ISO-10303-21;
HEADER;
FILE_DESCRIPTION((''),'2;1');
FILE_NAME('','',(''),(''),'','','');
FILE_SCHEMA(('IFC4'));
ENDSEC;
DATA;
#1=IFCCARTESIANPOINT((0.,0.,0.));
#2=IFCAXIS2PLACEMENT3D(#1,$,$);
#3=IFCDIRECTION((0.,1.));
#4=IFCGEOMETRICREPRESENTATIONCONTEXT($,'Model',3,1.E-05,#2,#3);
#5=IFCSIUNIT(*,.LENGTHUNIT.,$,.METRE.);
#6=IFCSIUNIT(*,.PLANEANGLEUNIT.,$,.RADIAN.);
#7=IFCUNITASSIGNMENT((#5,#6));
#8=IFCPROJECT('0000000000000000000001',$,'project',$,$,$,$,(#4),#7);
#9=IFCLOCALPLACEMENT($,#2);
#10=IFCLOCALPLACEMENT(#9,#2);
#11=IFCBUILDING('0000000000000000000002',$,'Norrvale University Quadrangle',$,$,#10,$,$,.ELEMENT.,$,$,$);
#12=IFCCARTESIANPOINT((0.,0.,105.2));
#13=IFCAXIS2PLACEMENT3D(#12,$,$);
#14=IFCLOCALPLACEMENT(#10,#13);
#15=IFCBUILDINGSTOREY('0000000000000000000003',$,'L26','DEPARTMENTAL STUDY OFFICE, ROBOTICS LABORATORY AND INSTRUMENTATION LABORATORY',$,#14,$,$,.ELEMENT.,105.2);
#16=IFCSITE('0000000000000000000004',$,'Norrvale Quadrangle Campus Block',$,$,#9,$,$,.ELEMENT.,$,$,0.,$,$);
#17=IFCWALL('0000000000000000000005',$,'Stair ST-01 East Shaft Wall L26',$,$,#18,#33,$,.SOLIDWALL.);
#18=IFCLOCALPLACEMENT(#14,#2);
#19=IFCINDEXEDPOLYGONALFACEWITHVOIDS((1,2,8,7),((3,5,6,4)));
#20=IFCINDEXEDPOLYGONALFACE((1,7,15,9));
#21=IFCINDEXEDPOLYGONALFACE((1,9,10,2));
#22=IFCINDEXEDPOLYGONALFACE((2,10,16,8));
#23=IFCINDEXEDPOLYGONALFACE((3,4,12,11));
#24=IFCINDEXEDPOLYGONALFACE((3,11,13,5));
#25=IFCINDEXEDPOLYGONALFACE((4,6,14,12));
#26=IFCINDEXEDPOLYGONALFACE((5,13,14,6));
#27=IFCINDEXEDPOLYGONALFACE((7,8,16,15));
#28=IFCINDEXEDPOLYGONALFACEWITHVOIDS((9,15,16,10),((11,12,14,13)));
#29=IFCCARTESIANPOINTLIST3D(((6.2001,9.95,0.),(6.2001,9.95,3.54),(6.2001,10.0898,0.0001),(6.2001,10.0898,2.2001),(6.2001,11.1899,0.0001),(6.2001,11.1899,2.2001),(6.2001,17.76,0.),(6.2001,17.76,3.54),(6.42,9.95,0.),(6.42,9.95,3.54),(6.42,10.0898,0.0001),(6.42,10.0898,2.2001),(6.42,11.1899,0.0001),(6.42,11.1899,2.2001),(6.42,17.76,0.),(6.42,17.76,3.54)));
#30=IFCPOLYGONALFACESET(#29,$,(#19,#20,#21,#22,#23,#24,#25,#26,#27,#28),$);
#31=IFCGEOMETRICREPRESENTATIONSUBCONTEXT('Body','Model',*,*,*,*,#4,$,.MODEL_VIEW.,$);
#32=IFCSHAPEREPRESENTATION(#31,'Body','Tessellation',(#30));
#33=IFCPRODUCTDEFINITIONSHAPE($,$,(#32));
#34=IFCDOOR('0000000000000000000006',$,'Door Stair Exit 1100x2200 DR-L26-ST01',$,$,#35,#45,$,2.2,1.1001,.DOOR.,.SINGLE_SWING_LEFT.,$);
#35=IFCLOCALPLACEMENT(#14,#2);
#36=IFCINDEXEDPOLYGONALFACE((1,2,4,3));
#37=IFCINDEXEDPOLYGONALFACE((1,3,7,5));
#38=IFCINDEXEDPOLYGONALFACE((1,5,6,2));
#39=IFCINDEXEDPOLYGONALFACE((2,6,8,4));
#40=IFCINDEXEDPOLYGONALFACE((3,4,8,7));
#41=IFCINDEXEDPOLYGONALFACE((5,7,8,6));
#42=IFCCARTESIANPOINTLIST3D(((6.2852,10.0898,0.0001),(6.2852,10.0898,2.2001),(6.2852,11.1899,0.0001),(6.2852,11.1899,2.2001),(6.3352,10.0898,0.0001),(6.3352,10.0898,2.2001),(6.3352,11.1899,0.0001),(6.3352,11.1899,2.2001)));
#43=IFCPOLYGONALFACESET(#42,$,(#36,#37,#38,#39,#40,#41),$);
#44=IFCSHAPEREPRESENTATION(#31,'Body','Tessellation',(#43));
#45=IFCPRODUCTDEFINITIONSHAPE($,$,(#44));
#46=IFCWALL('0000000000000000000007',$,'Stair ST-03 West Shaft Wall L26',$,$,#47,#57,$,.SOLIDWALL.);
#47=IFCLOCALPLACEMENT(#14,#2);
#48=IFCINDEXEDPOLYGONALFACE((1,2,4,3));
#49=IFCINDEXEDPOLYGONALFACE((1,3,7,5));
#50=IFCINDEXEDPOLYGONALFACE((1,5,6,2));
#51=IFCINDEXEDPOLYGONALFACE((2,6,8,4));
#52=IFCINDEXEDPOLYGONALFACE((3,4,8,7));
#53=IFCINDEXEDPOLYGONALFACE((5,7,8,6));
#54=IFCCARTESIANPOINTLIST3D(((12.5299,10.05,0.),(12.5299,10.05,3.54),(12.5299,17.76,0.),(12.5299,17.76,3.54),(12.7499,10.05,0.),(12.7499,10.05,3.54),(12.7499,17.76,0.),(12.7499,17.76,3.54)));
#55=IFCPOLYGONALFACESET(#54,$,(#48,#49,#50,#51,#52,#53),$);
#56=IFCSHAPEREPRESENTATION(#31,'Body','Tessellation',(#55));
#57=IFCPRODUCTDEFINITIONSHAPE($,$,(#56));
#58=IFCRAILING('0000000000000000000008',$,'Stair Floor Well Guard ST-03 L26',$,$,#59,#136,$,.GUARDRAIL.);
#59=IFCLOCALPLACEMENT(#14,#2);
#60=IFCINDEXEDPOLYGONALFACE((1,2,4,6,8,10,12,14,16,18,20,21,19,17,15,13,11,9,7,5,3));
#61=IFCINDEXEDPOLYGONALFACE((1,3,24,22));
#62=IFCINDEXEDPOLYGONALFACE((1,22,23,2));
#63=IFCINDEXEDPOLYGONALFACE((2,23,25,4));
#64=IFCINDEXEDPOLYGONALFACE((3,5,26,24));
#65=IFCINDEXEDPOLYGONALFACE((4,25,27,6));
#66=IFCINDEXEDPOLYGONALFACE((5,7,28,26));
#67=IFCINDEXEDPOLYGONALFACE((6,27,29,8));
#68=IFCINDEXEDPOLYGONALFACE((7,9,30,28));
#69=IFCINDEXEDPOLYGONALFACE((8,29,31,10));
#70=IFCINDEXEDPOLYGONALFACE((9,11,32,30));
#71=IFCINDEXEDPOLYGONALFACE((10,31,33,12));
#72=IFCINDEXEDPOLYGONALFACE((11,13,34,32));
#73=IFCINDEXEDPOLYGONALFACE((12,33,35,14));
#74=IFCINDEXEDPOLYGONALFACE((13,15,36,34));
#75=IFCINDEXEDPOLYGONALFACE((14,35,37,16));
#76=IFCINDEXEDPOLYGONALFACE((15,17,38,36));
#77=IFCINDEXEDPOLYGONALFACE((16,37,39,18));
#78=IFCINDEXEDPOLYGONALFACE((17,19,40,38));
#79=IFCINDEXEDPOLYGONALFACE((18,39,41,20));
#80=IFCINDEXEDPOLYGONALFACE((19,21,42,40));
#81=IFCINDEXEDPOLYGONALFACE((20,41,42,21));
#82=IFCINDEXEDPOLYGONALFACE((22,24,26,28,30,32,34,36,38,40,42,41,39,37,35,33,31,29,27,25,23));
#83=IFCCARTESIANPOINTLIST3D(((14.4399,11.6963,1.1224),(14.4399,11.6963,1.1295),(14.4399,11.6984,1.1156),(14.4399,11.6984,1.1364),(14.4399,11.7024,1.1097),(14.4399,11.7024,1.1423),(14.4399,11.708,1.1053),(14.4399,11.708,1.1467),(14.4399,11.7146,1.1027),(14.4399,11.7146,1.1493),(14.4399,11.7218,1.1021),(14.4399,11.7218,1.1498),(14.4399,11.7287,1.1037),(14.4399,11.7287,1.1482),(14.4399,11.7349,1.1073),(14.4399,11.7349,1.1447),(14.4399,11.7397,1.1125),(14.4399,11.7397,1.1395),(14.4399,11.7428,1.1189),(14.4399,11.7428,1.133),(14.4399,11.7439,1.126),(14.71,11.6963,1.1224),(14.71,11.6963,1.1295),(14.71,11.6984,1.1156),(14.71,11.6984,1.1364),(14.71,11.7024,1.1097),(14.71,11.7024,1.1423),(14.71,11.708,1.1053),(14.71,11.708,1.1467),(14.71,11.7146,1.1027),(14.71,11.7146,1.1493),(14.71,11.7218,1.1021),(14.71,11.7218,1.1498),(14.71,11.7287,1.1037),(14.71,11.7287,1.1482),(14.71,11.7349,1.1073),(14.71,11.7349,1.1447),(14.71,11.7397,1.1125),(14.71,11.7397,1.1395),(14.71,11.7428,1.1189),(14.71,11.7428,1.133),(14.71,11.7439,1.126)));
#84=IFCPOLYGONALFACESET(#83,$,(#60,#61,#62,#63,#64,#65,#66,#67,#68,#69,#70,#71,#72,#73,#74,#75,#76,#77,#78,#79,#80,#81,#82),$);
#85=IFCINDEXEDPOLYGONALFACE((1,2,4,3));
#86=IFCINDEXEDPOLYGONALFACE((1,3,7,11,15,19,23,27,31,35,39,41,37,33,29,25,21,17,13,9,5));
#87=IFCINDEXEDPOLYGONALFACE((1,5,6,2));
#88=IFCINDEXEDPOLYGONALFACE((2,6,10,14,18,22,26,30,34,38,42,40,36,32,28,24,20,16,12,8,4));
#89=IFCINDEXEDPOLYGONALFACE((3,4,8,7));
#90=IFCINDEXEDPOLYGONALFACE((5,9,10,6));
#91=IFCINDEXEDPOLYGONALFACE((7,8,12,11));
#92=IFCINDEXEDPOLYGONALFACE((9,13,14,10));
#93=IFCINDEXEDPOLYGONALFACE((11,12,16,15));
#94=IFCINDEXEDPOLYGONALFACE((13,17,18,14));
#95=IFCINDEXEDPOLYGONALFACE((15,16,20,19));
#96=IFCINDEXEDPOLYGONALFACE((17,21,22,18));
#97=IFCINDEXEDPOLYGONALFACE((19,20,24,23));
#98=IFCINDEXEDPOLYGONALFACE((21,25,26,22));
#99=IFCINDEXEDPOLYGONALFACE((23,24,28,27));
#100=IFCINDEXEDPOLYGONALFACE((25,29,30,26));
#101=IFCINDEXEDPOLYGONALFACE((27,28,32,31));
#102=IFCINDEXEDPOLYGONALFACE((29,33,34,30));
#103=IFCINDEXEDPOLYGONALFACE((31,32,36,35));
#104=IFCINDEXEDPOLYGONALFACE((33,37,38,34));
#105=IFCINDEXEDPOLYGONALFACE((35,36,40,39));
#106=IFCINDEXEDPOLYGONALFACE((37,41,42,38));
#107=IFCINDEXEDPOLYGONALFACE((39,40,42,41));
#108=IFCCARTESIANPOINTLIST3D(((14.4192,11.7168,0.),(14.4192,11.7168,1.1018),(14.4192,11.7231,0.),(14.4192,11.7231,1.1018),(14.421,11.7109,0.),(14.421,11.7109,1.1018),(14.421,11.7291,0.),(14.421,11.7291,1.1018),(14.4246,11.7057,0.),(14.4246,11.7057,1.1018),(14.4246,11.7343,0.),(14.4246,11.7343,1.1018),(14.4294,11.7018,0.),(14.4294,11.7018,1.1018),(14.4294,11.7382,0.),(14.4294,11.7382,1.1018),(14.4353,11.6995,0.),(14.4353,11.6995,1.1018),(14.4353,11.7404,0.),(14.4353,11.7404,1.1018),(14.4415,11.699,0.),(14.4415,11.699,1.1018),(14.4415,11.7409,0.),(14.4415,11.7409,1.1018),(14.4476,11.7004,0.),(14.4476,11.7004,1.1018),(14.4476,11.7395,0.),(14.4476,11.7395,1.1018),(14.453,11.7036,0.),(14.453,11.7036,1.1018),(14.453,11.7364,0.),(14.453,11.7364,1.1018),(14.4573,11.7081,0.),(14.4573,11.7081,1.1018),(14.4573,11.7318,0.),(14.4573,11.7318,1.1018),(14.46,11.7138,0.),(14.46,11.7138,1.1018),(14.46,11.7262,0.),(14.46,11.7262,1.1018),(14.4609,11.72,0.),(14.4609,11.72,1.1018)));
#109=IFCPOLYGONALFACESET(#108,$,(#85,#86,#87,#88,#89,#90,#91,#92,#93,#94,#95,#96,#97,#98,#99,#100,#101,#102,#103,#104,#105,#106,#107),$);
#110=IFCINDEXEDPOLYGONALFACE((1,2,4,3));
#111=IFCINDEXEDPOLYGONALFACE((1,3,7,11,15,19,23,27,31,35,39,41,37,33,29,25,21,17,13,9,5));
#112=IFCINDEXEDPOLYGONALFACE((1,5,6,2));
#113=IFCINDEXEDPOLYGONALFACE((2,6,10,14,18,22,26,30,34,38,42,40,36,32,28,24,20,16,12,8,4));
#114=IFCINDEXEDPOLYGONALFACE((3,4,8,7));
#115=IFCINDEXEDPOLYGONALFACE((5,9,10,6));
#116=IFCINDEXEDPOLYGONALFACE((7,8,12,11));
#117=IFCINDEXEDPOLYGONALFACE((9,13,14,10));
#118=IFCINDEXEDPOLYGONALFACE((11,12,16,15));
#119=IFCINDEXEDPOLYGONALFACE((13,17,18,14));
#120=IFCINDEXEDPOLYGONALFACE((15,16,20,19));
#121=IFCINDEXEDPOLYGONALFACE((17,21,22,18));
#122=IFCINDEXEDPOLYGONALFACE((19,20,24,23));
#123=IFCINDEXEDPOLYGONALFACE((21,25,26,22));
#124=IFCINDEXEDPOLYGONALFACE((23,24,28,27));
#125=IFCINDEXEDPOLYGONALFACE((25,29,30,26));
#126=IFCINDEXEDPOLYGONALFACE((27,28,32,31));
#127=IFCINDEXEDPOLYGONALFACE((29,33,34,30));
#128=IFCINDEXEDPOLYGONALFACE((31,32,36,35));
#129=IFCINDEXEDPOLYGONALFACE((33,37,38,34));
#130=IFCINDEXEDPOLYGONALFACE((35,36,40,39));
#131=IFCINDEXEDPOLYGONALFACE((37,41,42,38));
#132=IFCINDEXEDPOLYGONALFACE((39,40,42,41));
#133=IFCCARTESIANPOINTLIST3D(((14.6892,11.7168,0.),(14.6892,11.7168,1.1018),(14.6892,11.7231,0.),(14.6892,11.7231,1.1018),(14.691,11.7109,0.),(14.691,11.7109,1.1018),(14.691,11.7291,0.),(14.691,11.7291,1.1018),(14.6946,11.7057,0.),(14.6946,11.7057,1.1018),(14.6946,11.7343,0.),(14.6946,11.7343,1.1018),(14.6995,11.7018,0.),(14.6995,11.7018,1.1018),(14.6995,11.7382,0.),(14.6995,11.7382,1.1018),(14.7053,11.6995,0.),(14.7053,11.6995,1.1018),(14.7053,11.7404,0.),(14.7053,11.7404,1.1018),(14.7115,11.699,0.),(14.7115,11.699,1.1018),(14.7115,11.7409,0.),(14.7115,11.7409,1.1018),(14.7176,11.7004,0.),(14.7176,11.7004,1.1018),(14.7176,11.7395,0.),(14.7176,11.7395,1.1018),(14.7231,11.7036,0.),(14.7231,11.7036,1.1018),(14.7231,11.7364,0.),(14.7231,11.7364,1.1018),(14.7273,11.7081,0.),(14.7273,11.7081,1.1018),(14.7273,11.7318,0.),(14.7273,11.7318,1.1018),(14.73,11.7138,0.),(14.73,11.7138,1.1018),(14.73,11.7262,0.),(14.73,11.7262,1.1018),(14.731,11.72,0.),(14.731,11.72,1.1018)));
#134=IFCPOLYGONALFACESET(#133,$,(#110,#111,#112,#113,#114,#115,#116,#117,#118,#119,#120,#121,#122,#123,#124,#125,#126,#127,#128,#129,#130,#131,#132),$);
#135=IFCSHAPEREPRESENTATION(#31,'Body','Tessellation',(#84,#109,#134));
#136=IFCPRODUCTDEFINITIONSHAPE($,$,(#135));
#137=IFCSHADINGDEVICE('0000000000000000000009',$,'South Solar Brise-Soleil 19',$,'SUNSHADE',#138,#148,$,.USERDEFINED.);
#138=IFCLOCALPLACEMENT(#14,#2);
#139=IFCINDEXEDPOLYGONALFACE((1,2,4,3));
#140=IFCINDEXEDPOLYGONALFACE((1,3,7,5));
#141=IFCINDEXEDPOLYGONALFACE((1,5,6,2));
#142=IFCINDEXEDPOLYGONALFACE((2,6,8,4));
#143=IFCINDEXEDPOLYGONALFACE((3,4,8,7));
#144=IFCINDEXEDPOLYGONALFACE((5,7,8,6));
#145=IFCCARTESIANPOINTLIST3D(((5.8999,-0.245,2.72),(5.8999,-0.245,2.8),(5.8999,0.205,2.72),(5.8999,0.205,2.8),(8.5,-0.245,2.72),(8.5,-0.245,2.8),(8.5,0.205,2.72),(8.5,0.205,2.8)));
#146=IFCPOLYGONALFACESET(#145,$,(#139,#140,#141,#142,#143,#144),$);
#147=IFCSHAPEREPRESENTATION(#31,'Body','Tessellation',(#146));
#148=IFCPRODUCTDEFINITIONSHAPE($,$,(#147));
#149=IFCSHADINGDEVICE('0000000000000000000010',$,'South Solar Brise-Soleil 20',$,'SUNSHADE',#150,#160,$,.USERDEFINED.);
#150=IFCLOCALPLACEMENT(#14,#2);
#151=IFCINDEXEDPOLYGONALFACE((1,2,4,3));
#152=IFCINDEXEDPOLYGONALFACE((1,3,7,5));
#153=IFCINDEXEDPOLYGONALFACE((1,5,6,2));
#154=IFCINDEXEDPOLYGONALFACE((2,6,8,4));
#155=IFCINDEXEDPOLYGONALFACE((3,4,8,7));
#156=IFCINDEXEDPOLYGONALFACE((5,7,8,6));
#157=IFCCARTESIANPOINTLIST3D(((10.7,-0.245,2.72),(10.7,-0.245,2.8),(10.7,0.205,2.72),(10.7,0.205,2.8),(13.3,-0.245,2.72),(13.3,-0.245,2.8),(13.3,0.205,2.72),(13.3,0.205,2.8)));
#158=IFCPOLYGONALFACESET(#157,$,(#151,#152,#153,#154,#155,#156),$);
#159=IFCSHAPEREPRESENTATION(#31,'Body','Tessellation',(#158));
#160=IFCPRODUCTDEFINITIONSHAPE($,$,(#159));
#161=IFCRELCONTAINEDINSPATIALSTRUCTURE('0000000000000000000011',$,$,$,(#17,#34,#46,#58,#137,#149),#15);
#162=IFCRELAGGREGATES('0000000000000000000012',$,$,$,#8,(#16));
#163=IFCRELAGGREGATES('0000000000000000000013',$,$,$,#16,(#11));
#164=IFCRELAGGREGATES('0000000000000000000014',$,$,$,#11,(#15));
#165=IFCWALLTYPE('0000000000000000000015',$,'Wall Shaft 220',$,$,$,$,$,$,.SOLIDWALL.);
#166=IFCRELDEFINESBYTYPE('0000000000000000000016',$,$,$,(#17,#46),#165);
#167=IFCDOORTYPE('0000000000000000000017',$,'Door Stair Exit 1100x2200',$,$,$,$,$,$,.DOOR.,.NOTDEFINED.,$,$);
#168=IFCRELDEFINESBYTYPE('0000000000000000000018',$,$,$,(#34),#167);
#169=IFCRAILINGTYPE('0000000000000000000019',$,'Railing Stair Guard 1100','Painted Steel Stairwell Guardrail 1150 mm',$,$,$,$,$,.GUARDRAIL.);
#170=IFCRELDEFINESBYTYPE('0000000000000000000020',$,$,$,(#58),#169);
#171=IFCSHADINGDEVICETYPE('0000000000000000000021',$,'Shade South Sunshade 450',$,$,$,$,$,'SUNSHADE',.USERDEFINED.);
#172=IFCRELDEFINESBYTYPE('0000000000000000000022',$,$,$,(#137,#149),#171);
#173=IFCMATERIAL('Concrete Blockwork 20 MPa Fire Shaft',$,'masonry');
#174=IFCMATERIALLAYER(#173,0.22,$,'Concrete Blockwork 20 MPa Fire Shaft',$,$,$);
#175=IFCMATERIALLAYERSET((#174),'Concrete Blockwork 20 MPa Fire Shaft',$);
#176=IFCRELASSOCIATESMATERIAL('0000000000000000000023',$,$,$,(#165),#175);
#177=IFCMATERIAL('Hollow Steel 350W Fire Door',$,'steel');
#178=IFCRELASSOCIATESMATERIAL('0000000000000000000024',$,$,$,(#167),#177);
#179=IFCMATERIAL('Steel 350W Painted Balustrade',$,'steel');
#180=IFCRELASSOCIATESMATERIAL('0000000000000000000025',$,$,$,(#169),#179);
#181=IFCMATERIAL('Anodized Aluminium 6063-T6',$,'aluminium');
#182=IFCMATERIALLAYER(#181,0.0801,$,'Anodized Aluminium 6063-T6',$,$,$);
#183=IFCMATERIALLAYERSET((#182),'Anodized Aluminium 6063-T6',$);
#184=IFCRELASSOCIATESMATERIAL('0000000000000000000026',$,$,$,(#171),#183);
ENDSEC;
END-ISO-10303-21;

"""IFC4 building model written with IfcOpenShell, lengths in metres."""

from ifc_helpers import new_model, si_unit, direction, frame, frame_2d, origin, origin_2d, place, context, subcontext, project, spatial, rectangle, circle, extrude, material, layer, layer_set, type_object, element, fill, save


model = new_model("IFC4")

# Units and contexts
model_context = context("Model", 3, precision=1e-05, world=origin(), true_north=direction((0.0, 1.0)))
body_context = subcontext(model_context, "Body", "Model", "MODEL_VIEW")
ifc_project = project(units=[si_unit("LENGTHUNIT", "METRE"), si_unit("PLANEANGLEUNIT", "RADIAN")], contexts=[model_context])

# Site, building, storey
site_placement = place(None, origin())
site = spatial("IfcSite", under=ifc_project, at=site_placement, Name="Norrvale Quadrangle Campus Block", CompositionType="ELEMENT", RefElevation=0.0)
building_placement = place(site_placement, origin())
building = spatial("IfcBuilding", under=site, at=building_placement, Name="Norrvale University Quadrangle", CompositionType="ELEMENT")
storey_placement = place(building_placement, frame((0.0, 0.0, 105.2)))
storey = spatial("IfcBuildingStorey", under=building, at=storey_placement, Name="L26", Description="DEPARTMENTAL STUDY OFFICE, ROBOTICS LABORATORY AND INSTRUMENTATION LABORATORY", CompositionType="ELEMENT", Elevation=105.2)

# Wall, opening, door
ifc_material_1 = material(Name="Concrete Blockwork 20 MPa Fire Shaft", Category="masonry")
ifc_layer_1 = layer(ifc_material_1, 0.22, Name="Concrete Blockwork 20 MPa Fire Shaft")
ifc_layer_set_1 = layer_set([ifc_layer_1], Name="Concrete Blockwork 20 MPa Fire Shaft")
wall_type_1 = type_object("IfcWallType", Name="Wall Shaft 220", PredefinedType="SOLIDWALL", material=ifc_layer_set_1)
wall_1_placement = place(storey_placement, frame((6.3101, 9.95, 0.0), z_axis=(0.0, 0.0, 1.0), x_axis=(0.0, 1.0, 0.0)))
wall_1 = element("IfcWall", 1, at=wall_1_placement, inside=storey, type_object=wall_type_1, Name="Stair ST-01 East Shaft Wall L26", PredefinedType="SOLIDWALL", context=body_context, shape_type="SweptSolid", body=[
    extrude(rectangle(XDim=7.8101, YDim=0.22, at=frame_2d((3.905, 0.0))), origin(), (0.0, 0.0, 1.0), 3.54),
])
opening_placement = place(wall_1_placement, frame((0.1399, 0.0, 0.0)))
opening = element("IfcOpeningElement", 2, at=opening_placement, cuts=wall_1, PredefinedType="OPENING", context=body_context, shape_type="SweptSolid", body=[
    extrude(rectangle(XDim=1.1001, YDim=2.2, at=frame_2d((0.55, 1.1001))), frame((0.0, 0.1221, 0.0), z_axis=(0.0, -1.0, 0.0), x_axis=(1.0, 0.0, 0.0)), (0.0, 0.0, 1.0), 0.2439),
])
ifc_material_2 = material(Name="Hollow Steel 350W Fire Door", Category="steel")
door_type = type_object("IfcDoorType", Name="Door Stair Exit 1100x2200", OperationType="NOTDEFINED", PredefinedType="DOOR", material=ifc_material_2)
door_placement = place(opening_placement, origin())
door = element("IfcDoor", 3, at=door_placement, inside=storey, type_object=door_type, Name="Door Stair Exit 1100x2200 DR-L26-ST01", OperationType="SINGLE_SWING_LEFT", OverallHeight=2.2, OverallWidth=1.1001, PredefinedType="DOOR", context=body_context, shape_type="SweptSolid", body=[
    extrude(rectangle(XDim=1.1001, YDim=2.2, at=frame_2d((0.55, 1.1001))), frame((0.0, 0.0249, 0.0), z_axis=(0.0, -1.0, 0.0), x_axis=(1.0, 0.0, 0.0)), (0.0, 0.0, 1.0), 0.05),
])
fill(opening, door)

# Wall
wall_2_placement = place(storey_placement, frame((12.6399, 10.05, 0.0), z_axis=(0.0, 0.0, 1.0), x_axis=(0.0, 1.0, 0.0)))
element("IfcWall", 4, at=wall_2_placement, inside=storey, type_object=wall_type_1, Name="Stair ST-03 West Shaft Wall L26", PredefinedType="SOLIDWALL", context=body_context, shape_type="SweptSolid", body=[
    extrude(rectangle(XDim=7.71, YDim=0.22, at=frame_2d((3.855, 0.0))), origin(), (0.0, 0.0, 1.0), 3.54),
])

# Railing
ifc_material_3 = material(Name="Steel 350W Painted Balustrade", Category="steel")
railing_type = type_object("IfcRailingType", Name="Railing Stair Guard 1100", Description="Painted Steel Stairwell Guardrail 1150 mm", PredefinedType="GUARDRAIL", material=ifc_material_3)
railing_placement = place(storey_placement, frame((14.4399, 11.72, 0.0)))
element("IfcRailing", 5, at=railing_placement, inside=storey, type_object=railing_type, Name="Stair Floor Well Guard ST-03 L26", PredefinedType="GUARDRAIL", context=body_context, shape_type="SweptSolid", body=[
    extrude(circle(Radius=0.0239, at=origin_2d()), frame((0.0, 0.0, 1.126), z_axis=(1.0, 0.0, 0.0), x_axis=(0.0, 1.0, 0.0)), (0.0, 0.0, 1.0), 0.27),
    extrude(circle(Radius=0.021, at=origin_2d()), origin(), (0.0, 0.0, 1.0), 1.1018),
    extrude(circle(Radius=0.021, at=origin_2d()), frame((0.27, 0.0, 0.0)), (0.0, 0.0, 1.0), 1.1018),
])

# Shading devices
ifc_material_4 = material(Name="Anodized Aluminium 6063-T6", Category="aluminium")
ifc_layer_2 = layer(ifc_material_4, 0.0801, Name="Anodized Aluminium 6063-T6")
ifc_layer_set_2 = layer_set([ifc_layer_2], Name="Anodized Aluminium 6063-T6")
shading_device_type = type_object("IfcShadingDeviceType", Name="Shade South Sunshade 450", ElementType="SUNSHADE", PredefinedType="USERDEFINED", material=ifc_layer_set_2)
for number, where, z_axis, x_axis, name in (
    (6, (7.2, -0.02, 2.72), (0.0, 0.0, 1.0), (1.0, 0.0, 0.0), "South Solar Brise-Soleil 19"),
    (7, (12.0, -0.02, 2.72), (0.0, 0.0, 1.0), (1.0, 0.0, 0.0), "South Solar Brise-Soleil 20"),
):
    element("IfcShadingDevice", number, at=place(storey_placement, frame(where, z_axis=z_axis, x_axis=x_axis)), inside=storey, type_object=shading_device_type, Name=name, ObjectType="SUNSHADE", PredefinedType="USERDEFINED", context=body_context, shape_type="SweptSolid", body=[
        extrude(rectangle(XDim=2.6001, YDim=0.45, at=origin_2d()), origin(), (0.0, 0.0, 1.0), 0.0801),
    ])

save(model, "model.ifc")
